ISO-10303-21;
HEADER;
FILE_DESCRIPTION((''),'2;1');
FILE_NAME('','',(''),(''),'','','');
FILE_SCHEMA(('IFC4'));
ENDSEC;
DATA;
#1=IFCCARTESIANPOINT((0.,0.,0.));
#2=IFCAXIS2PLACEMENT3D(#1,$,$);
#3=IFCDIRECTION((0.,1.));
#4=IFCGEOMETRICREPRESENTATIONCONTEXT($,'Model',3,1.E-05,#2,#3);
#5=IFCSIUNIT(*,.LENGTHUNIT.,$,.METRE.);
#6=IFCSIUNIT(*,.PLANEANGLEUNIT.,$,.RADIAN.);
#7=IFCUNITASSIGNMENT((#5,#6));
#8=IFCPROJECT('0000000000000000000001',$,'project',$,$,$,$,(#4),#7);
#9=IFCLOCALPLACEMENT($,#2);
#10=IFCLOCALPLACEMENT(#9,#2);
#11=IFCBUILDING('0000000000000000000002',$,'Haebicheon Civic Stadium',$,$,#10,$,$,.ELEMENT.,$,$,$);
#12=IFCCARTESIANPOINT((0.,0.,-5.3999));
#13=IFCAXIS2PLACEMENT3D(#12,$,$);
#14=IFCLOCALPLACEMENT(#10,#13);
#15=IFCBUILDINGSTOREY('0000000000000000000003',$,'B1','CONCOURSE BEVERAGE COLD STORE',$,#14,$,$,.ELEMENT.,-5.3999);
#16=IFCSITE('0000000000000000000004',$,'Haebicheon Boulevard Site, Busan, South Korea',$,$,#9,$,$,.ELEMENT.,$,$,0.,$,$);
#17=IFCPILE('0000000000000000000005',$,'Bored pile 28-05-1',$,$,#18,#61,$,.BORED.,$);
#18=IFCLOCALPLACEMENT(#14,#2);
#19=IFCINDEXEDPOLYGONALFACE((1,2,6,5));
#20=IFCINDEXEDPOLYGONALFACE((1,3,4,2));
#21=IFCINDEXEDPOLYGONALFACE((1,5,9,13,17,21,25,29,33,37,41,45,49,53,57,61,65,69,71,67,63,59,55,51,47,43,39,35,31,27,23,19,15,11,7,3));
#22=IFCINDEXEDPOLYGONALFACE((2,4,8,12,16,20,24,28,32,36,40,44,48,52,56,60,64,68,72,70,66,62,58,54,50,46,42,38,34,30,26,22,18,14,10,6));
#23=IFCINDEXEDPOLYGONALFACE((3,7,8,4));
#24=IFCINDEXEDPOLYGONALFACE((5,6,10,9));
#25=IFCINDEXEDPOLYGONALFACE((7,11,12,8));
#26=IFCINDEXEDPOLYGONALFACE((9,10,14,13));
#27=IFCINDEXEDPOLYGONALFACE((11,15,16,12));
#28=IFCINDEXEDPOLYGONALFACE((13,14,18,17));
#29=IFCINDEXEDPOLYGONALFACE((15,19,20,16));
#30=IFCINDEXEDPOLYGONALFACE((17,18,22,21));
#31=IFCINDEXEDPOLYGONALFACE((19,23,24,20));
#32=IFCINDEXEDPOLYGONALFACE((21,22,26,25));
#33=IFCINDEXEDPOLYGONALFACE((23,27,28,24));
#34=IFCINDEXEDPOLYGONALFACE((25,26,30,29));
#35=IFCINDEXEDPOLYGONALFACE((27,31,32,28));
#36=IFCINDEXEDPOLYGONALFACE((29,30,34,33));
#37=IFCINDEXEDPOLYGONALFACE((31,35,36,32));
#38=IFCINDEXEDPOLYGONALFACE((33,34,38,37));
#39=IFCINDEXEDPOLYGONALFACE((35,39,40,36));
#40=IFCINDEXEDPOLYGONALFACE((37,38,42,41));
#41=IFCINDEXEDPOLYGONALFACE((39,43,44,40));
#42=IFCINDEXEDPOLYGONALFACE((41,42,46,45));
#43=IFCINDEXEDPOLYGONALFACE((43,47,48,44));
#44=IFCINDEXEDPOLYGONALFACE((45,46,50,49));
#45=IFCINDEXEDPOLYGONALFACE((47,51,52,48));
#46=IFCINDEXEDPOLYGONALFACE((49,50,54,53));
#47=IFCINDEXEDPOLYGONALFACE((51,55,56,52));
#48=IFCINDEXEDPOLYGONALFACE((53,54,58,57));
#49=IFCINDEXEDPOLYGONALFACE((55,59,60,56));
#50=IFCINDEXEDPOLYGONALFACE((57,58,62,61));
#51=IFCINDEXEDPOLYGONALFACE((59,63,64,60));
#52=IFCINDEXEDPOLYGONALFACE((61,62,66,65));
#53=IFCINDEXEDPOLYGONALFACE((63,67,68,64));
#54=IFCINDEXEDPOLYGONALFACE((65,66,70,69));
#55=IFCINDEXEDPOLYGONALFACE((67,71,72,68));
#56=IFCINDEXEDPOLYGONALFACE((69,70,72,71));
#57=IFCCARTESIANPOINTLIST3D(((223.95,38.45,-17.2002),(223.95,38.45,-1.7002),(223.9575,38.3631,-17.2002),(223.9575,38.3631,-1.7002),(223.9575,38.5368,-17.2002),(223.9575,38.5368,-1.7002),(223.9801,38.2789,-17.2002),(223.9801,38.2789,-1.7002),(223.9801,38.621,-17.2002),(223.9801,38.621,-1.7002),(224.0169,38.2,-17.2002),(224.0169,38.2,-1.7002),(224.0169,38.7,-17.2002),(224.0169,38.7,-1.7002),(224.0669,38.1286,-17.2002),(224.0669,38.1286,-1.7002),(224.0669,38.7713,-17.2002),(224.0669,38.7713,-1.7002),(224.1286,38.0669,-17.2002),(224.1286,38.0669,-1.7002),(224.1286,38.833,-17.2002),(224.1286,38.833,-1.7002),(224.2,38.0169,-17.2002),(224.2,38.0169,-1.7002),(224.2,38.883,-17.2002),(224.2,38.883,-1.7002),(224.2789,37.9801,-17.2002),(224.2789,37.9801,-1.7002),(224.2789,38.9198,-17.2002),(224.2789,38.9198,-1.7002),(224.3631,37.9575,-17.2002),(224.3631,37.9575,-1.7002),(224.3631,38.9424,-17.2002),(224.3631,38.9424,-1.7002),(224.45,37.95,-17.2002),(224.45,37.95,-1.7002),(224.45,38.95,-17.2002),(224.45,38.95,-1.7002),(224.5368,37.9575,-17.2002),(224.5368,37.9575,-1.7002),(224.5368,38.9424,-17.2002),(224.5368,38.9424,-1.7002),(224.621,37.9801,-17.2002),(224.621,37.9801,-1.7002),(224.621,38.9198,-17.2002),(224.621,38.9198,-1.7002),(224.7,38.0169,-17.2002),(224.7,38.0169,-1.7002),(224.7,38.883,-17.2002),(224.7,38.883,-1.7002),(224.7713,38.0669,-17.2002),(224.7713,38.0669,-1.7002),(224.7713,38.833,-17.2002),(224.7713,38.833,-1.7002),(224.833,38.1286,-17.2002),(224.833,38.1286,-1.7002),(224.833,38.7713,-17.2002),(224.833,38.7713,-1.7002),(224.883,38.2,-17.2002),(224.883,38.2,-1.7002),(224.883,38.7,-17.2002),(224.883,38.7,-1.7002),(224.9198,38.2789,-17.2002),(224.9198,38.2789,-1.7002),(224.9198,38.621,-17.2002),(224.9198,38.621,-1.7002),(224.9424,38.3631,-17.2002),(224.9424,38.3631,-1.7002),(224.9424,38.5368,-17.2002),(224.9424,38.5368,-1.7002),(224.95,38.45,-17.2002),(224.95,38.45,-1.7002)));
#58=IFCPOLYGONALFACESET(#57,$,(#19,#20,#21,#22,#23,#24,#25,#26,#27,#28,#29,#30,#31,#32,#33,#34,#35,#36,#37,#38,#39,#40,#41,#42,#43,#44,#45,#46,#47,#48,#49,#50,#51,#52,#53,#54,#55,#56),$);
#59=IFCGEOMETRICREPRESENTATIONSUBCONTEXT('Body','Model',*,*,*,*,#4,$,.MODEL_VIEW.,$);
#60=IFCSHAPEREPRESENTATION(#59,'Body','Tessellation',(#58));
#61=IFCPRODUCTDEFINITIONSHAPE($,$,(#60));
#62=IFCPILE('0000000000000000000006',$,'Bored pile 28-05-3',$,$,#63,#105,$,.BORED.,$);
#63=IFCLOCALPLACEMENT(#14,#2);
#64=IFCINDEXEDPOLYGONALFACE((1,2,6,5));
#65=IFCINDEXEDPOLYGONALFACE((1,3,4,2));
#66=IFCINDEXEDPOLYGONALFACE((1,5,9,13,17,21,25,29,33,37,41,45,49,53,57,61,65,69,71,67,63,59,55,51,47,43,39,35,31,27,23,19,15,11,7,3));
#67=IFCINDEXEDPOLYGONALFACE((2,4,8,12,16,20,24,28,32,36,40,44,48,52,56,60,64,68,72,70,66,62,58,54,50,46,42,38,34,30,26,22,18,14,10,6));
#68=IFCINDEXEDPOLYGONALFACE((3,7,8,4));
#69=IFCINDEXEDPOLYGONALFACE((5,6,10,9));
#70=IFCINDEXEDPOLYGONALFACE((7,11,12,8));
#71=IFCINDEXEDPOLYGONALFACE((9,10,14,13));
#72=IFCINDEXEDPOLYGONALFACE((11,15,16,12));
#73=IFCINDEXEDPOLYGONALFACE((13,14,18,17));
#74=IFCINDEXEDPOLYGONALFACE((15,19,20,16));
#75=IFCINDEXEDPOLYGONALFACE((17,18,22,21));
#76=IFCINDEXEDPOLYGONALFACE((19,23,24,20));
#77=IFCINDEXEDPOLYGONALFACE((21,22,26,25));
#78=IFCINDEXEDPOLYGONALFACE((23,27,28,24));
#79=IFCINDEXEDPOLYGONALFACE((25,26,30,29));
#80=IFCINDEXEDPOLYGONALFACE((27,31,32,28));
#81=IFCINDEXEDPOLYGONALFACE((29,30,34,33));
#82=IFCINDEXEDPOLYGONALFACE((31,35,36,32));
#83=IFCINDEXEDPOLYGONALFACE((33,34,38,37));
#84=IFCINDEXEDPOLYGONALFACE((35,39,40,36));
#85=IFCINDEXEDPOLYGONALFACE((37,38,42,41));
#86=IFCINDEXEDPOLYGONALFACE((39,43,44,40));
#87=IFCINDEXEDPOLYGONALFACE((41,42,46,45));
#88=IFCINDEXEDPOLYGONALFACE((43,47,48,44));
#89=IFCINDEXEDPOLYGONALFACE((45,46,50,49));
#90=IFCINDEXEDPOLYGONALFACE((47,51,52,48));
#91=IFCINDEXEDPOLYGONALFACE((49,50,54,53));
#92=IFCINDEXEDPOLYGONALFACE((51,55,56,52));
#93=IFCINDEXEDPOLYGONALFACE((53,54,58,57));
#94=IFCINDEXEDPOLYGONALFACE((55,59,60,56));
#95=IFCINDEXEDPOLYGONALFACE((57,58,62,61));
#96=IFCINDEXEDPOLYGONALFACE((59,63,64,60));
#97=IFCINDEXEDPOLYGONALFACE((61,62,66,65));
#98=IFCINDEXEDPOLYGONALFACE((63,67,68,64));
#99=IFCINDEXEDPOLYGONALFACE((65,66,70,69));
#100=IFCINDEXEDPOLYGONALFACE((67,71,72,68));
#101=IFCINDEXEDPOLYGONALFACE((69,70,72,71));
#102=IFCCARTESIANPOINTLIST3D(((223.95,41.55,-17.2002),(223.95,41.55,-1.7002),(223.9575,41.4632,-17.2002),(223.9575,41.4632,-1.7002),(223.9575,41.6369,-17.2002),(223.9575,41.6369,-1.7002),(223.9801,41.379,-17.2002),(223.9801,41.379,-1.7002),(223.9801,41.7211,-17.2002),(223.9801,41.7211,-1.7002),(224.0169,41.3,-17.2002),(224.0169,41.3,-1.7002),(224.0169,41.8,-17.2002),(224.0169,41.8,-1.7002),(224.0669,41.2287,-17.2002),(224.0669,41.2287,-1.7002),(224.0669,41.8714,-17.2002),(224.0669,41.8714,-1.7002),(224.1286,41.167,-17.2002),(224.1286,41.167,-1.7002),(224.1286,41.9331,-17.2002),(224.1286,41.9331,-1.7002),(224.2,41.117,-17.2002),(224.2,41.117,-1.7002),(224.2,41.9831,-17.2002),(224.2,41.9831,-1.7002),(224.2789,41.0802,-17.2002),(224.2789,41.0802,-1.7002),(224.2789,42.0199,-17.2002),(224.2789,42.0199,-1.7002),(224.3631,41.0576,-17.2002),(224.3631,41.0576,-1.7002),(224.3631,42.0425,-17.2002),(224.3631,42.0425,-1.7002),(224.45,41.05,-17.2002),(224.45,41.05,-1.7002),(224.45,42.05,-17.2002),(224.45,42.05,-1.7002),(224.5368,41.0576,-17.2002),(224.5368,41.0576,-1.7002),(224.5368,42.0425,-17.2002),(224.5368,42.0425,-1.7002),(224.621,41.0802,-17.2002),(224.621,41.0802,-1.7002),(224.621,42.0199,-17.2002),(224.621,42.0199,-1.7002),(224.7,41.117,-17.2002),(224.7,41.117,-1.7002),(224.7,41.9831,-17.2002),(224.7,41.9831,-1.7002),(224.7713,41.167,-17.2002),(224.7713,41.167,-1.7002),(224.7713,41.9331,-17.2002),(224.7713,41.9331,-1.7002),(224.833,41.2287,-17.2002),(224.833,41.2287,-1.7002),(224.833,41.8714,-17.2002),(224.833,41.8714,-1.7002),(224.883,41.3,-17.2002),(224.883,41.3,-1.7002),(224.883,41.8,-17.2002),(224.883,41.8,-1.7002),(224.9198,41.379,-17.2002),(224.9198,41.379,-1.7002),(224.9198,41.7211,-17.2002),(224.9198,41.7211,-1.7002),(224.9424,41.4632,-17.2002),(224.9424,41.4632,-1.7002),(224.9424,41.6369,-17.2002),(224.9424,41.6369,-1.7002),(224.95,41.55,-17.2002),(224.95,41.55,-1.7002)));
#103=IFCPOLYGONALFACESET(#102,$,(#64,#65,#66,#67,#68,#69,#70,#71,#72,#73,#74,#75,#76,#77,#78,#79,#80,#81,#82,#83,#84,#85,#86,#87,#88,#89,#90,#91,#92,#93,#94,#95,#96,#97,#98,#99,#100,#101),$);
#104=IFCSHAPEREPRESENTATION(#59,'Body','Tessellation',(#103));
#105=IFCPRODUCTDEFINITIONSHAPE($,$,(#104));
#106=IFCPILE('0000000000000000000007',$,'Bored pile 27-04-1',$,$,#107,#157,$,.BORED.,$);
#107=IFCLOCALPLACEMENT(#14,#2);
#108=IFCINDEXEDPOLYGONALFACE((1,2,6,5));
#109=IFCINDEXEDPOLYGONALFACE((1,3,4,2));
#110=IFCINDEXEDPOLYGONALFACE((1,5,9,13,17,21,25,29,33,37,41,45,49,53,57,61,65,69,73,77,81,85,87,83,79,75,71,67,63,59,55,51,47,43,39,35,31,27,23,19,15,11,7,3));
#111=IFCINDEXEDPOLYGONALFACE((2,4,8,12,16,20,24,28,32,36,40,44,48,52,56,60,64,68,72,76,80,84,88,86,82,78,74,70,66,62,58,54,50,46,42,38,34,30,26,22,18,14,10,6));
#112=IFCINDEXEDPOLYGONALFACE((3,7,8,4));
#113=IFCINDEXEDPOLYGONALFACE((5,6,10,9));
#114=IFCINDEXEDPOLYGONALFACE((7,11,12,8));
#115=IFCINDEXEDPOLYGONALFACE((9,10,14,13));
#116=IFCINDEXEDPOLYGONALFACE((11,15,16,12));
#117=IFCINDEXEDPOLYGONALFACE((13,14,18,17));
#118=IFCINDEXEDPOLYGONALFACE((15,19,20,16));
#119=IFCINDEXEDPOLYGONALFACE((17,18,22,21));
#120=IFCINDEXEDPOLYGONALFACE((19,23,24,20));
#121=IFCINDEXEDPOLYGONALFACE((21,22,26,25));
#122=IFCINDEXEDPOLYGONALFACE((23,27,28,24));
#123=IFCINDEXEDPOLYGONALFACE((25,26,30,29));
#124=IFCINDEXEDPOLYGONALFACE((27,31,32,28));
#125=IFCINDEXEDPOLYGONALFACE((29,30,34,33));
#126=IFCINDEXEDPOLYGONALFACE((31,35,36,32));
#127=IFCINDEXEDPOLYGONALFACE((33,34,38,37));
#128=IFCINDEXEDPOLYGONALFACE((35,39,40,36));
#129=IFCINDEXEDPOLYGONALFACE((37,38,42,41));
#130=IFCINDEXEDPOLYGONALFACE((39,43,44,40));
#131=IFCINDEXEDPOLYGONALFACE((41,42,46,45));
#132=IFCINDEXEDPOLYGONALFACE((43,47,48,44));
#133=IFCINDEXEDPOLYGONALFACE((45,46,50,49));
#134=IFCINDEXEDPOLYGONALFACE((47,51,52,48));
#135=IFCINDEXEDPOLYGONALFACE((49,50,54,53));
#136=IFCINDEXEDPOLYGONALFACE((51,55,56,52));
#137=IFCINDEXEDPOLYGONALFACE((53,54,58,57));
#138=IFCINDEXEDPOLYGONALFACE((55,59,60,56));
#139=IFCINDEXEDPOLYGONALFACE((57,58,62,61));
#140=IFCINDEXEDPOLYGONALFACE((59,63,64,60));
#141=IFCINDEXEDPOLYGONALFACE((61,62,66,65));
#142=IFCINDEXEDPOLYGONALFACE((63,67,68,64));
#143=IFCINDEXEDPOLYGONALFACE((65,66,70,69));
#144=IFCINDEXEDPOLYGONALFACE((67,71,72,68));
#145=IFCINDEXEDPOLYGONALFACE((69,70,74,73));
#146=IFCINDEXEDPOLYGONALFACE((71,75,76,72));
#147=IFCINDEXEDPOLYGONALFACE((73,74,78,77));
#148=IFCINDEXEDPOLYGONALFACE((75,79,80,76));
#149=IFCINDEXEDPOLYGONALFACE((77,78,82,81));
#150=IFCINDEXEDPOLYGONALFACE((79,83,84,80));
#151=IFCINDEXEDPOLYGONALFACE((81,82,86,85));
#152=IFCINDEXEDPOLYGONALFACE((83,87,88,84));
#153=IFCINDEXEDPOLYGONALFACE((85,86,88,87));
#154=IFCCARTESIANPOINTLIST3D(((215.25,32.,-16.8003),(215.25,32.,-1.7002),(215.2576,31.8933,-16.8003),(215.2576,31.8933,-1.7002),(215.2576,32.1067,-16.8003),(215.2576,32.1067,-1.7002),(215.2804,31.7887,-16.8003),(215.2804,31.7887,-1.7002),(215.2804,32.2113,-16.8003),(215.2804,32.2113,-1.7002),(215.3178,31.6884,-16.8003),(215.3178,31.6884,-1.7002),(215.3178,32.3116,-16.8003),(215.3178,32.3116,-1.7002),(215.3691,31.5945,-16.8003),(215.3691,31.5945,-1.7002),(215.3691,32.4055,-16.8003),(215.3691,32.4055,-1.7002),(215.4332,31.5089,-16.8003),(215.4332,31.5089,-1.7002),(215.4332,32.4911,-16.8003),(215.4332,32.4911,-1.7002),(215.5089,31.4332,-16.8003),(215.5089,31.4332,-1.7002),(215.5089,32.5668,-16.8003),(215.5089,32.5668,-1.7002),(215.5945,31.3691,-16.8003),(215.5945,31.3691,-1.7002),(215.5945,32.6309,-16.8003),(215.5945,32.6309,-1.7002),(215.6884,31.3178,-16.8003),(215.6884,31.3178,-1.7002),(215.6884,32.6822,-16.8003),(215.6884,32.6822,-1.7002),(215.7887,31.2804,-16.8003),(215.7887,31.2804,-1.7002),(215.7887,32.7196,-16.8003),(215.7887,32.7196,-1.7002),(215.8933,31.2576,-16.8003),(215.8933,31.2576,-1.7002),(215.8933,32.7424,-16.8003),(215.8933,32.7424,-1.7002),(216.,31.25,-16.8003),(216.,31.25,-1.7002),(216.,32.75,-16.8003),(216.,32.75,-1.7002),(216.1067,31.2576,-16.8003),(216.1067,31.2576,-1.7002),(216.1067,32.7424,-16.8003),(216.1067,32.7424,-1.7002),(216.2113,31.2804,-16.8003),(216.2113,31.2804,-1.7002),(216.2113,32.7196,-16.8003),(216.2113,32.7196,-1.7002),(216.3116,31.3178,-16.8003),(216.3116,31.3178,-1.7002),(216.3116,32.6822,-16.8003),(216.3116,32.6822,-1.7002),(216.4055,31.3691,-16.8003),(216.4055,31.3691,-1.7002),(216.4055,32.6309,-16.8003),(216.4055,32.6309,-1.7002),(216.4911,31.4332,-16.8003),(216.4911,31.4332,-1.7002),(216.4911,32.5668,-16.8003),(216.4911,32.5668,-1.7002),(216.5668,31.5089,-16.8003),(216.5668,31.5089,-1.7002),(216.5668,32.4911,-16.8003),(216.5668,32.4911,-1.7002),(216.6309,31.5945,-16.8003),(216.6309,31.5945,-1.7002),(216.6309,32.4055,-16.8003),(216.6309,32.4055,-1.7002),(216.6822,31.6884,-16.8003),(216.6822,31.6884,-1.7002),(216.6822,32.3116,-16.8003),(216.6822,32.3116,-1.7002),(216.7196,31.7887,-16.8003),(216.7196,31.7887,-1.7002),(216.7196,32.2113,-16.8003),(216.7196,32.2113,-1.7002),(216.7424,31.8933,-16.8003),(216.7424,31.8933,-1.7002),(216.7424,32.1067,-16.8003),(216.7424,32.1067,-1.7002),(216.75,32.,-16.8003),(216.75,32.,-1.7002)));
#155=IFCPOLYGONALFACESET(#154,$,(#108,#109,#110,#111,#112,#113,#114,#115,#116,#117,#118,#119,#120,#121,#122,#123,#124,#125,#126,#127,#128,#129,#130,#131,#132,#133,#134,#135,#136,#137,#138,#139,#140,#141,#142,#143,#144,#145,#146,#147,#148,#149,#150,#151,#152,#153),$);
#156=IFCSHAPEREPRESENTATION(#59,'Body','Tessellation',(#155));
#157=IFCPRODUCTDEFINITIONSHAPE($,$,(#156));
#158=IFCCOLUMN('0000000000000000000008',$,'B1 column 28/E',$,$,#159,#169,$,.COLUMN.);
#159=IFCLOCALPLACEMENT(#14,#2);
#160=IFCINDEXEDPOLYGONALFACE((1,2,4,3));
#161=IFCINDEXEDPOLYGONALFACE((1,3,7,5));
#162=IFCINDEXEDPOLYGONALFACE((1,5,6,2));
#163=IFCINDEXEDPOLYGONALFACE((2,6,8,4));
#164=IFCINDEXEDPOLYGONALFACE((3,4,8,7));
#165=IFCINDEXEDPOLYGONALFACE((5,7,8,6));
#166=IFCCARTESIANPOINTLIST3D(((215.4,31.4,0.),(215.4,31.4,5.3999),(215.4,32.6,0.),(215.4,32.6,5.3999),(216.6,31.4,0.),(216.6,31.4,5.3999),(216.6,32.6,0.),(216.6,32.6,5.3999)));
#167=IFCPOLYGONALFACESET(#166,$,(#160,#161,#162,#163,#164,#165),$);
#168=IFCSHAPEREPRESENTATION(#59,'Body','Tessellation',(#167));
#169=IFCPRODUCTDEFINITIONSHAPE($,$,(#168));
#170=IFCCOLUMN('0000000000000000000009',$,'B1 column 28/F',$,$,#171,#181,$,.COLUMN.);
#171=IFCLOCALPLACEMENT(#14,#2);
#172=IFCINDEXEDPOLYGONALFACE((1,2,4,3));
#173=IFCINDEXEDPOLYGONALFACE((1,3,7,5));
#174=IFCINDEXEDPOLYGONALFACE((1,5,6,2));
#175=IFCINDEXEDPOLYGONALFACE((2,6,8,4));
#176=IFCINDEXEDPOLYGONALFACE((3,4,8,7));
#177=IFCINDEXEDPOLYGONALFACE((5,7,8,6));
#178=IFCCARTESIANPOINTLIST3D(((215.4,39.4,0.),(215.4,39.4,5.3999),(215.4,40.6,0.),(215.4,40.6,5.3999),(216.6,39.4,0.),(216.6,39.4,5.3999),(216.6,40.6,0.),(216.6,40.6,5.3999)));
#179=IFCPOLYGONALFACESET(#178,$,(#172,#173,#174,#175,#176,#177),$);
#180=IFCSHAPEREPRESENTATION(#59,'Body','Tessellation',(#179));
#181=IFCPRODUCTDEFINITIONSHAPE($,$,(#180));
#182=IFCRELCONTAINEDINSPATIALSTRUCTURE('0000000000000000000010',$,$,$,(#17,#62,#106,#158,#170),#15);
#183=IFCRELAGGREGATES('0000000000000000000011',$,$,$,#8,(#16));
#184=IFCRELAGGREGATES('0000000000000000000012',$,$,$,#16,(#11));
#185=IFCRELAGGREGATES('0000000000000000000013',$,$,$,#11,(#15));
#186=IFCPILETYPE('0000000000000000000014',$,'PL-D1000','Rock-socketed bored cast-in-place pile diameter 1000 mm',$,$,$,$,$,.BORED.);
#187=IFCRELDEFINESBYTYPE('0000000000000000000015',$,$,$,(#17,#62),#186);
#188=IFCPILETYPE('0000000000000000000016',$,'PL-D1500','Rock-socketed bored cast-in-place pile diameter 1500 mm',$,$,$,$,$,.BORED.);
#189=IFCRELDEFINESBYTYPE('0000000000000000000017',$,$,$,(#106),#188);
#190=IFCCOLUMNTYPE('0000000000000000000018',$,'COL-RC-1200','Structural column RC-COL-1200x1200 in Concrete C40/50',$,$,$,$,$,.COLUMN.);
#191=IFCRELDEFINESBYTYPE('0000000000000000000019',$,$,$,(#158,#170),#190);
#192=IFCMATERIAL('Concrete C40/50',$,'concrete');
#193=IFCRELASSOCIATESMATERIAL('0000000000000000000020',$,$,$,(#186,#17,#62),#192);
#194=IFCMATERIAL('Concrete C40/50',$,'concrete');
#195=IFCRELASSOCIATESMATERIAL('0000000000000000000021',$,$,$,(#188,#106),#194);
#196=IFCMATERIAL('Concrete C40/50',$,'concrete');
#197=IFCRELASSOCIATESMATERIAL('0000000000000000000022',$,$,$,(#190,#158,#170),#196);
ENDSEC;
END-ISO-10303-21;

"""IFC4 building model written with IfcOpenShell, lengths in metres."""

from ifc_helpers import new_model, si_unit, direction, frame, origin, origin_2d, place, context, subcontext, project, spatial, rectangle, circle, extrude, material, material_profile, profile_set, type_object, element, save


model = new_model("IFC4")

# Units and contexts
model_context = context("Model", 3, precision=1e-05, world=origin(), true_north=direction((0.0, 1.0)))
body_context = subcontext(model_context, "Body", "Model", "MODEL_VIEW")
ifc_project = project(units=[si_unit("LENGTHUNIT", "METRE"), si_unit("PLANEANGLEUNIT", "RADIAN")], contexts=[model_context])

# Site, building, storey
site_placement = place(None, origin())
site = spatial("IfcSite", under=ifc_project, at=site_placement, Name="Haebicheon Boulevard Site, Busan, South Korea", CompositionType="ELEMENT", RefElevation=0.0)
building_placement = place(site_placement, origin())
building = spatial("IfcBuilding", under=site, at=building_placement, Name="Haebicheon Civic Stadium", CompositionType="ELEMENT")
storey_placement = place(building_placement, frame((0.0, 0.0, -5.3999)))
storey = spatial("IfcBuildingStorey", under=building, at=storey_placement, Name="B1", Description="CONCOURSE BEVERAGE COLD STORE", CompositionType="ELEMENT", Elevation=-5.3999)

# Piles
ifc_material_1 = material(Name="Concrete C40/50", Category="concrete")
ifc_material_profile_1 = material_profile(ifc_material_1, circle(Radius=0.5, at=origin_2d()), Name="PILE-D1000")
ifc_profile_set_1 = profile_set([ifc_material_profile_1], Name="Concrete C40/50")
pile_type_1 = type_object("IfcPileType", Name="PL-D1000", Description="Rock-socketed bored cast-in-place pile diameter 1000 mm", PredefinedType="BORED", material=ifc_profile_set_1)
for number, where, z_axis, x_axis, name in (
    (1, (224.45, 38.45, -1.7002), (0.0, 0.0, -1.0), (1.0, 0.0, 0.0), "Bored pile 28-05-1"),
    (2, (224.45, 41.55, -1.7002), (0.0, 0.0, -1.0), (1.0, 0.0, 0.0), "Bored pile 28-05-3"),
):
    element("IfcPile", number, at=place(storey_placement, frame(where, z_axis=z_axis, x_axis=x_axis)), inside=storey, type_object=pile_type_1, material=ifc_profile_set_1, Name=name, PredefinedType="BORED", context=body_context, shape_type="SweptSolid", body=[
        extrude(circle(Radius=0.5, at=origin_2d()), origin(), (0.0, 0.0, 1.0), 15.5),
    ])
ifc_material_2 = material(Name="Concrete C40/50", Category="concrete")
ifc_material_profile_2 = material_profile(ifc_material_2, circle(Radius=0.75, at=origin_2d()), Name="PILE-D1500")
ifc_profile_set_2 = profile_set([ifc_material_profile_2], Name="Concrete C40/50")
pile_type_2 = type_object("IfcPileType", Name="PL-D1500", Description="Rock-socketed bored cast-in-place pile diameter 1500 mm", PredefinedType="BORED", material=ifc_profile_set_2)
pile_placement = place(storey_placement, frame((216.0, 32.0, -1.7002), z_axis=(0.0, 0.0, -1.0), x_axis=(1.0, 0.0, 0.0)))
element("IfcPile", 3, at=pile_placement, inside=storey, type_object=pile_type_2, material=ifc_profile_set_2, Name="Bored pile 27-04-1", PredefinedType="BORED", context=body_context, shape_type="SweptSolid", body=[
    extrude(circle(Radius=0.75, at=origin_2d()), origin(), (0.0, 0.0, 1.0), 15.1001),
])

# Columns
ifc_material_3 = material(Name="Concrete C40/50", Category="concrete")
ifc_material_profile_3 = material_profile(ifc_material_3, rectangle(XDim=1.2, YDim=1.2, at=origin_2d()), Name="RC-COL-1200x1200")
ifc_profile_set_3 = profile_set([ifc_material_profile_3], Name="Concrete C40/50")
column_type = type_object("IfcColumnType", Name="COL-RC-1200", Description="Structural column RC-COL-1200x1200 in Concrete C40/50", PredefinedType="COLUMN", material=ifc_profile_set_3)
for number, where, z_axis, x_axis, name in (
    (4, (216.0, 32.0, 0.0), (0.0, 0.0, 1.0), (1.0, 0.0, 0.0), "B1 column 28/E"),
    (5, (216.0, 40.0, 0.0), (0.0, 0.0, 1.0), (1.0, 0.0, 0.0), "B1 column 28/F"),
):
    element("IfcColumn", number, at=place(storey_placement, frame(where, z_axis=z_axis, x_axis=x_axis)), inside=storey, type_object=column_type, material=ifc_profile_set_3, Name=name, PredefinedType="COLUMN", context=body_context, shape_type="SweptSolid", body=[
        extrude(rectangle(XDim=1.2, YDim=1.2, at=origin_2d()), origin(), (0.0, 0.0, 1.0), 5.3999),
    ])

save(model, "model.ifc")
